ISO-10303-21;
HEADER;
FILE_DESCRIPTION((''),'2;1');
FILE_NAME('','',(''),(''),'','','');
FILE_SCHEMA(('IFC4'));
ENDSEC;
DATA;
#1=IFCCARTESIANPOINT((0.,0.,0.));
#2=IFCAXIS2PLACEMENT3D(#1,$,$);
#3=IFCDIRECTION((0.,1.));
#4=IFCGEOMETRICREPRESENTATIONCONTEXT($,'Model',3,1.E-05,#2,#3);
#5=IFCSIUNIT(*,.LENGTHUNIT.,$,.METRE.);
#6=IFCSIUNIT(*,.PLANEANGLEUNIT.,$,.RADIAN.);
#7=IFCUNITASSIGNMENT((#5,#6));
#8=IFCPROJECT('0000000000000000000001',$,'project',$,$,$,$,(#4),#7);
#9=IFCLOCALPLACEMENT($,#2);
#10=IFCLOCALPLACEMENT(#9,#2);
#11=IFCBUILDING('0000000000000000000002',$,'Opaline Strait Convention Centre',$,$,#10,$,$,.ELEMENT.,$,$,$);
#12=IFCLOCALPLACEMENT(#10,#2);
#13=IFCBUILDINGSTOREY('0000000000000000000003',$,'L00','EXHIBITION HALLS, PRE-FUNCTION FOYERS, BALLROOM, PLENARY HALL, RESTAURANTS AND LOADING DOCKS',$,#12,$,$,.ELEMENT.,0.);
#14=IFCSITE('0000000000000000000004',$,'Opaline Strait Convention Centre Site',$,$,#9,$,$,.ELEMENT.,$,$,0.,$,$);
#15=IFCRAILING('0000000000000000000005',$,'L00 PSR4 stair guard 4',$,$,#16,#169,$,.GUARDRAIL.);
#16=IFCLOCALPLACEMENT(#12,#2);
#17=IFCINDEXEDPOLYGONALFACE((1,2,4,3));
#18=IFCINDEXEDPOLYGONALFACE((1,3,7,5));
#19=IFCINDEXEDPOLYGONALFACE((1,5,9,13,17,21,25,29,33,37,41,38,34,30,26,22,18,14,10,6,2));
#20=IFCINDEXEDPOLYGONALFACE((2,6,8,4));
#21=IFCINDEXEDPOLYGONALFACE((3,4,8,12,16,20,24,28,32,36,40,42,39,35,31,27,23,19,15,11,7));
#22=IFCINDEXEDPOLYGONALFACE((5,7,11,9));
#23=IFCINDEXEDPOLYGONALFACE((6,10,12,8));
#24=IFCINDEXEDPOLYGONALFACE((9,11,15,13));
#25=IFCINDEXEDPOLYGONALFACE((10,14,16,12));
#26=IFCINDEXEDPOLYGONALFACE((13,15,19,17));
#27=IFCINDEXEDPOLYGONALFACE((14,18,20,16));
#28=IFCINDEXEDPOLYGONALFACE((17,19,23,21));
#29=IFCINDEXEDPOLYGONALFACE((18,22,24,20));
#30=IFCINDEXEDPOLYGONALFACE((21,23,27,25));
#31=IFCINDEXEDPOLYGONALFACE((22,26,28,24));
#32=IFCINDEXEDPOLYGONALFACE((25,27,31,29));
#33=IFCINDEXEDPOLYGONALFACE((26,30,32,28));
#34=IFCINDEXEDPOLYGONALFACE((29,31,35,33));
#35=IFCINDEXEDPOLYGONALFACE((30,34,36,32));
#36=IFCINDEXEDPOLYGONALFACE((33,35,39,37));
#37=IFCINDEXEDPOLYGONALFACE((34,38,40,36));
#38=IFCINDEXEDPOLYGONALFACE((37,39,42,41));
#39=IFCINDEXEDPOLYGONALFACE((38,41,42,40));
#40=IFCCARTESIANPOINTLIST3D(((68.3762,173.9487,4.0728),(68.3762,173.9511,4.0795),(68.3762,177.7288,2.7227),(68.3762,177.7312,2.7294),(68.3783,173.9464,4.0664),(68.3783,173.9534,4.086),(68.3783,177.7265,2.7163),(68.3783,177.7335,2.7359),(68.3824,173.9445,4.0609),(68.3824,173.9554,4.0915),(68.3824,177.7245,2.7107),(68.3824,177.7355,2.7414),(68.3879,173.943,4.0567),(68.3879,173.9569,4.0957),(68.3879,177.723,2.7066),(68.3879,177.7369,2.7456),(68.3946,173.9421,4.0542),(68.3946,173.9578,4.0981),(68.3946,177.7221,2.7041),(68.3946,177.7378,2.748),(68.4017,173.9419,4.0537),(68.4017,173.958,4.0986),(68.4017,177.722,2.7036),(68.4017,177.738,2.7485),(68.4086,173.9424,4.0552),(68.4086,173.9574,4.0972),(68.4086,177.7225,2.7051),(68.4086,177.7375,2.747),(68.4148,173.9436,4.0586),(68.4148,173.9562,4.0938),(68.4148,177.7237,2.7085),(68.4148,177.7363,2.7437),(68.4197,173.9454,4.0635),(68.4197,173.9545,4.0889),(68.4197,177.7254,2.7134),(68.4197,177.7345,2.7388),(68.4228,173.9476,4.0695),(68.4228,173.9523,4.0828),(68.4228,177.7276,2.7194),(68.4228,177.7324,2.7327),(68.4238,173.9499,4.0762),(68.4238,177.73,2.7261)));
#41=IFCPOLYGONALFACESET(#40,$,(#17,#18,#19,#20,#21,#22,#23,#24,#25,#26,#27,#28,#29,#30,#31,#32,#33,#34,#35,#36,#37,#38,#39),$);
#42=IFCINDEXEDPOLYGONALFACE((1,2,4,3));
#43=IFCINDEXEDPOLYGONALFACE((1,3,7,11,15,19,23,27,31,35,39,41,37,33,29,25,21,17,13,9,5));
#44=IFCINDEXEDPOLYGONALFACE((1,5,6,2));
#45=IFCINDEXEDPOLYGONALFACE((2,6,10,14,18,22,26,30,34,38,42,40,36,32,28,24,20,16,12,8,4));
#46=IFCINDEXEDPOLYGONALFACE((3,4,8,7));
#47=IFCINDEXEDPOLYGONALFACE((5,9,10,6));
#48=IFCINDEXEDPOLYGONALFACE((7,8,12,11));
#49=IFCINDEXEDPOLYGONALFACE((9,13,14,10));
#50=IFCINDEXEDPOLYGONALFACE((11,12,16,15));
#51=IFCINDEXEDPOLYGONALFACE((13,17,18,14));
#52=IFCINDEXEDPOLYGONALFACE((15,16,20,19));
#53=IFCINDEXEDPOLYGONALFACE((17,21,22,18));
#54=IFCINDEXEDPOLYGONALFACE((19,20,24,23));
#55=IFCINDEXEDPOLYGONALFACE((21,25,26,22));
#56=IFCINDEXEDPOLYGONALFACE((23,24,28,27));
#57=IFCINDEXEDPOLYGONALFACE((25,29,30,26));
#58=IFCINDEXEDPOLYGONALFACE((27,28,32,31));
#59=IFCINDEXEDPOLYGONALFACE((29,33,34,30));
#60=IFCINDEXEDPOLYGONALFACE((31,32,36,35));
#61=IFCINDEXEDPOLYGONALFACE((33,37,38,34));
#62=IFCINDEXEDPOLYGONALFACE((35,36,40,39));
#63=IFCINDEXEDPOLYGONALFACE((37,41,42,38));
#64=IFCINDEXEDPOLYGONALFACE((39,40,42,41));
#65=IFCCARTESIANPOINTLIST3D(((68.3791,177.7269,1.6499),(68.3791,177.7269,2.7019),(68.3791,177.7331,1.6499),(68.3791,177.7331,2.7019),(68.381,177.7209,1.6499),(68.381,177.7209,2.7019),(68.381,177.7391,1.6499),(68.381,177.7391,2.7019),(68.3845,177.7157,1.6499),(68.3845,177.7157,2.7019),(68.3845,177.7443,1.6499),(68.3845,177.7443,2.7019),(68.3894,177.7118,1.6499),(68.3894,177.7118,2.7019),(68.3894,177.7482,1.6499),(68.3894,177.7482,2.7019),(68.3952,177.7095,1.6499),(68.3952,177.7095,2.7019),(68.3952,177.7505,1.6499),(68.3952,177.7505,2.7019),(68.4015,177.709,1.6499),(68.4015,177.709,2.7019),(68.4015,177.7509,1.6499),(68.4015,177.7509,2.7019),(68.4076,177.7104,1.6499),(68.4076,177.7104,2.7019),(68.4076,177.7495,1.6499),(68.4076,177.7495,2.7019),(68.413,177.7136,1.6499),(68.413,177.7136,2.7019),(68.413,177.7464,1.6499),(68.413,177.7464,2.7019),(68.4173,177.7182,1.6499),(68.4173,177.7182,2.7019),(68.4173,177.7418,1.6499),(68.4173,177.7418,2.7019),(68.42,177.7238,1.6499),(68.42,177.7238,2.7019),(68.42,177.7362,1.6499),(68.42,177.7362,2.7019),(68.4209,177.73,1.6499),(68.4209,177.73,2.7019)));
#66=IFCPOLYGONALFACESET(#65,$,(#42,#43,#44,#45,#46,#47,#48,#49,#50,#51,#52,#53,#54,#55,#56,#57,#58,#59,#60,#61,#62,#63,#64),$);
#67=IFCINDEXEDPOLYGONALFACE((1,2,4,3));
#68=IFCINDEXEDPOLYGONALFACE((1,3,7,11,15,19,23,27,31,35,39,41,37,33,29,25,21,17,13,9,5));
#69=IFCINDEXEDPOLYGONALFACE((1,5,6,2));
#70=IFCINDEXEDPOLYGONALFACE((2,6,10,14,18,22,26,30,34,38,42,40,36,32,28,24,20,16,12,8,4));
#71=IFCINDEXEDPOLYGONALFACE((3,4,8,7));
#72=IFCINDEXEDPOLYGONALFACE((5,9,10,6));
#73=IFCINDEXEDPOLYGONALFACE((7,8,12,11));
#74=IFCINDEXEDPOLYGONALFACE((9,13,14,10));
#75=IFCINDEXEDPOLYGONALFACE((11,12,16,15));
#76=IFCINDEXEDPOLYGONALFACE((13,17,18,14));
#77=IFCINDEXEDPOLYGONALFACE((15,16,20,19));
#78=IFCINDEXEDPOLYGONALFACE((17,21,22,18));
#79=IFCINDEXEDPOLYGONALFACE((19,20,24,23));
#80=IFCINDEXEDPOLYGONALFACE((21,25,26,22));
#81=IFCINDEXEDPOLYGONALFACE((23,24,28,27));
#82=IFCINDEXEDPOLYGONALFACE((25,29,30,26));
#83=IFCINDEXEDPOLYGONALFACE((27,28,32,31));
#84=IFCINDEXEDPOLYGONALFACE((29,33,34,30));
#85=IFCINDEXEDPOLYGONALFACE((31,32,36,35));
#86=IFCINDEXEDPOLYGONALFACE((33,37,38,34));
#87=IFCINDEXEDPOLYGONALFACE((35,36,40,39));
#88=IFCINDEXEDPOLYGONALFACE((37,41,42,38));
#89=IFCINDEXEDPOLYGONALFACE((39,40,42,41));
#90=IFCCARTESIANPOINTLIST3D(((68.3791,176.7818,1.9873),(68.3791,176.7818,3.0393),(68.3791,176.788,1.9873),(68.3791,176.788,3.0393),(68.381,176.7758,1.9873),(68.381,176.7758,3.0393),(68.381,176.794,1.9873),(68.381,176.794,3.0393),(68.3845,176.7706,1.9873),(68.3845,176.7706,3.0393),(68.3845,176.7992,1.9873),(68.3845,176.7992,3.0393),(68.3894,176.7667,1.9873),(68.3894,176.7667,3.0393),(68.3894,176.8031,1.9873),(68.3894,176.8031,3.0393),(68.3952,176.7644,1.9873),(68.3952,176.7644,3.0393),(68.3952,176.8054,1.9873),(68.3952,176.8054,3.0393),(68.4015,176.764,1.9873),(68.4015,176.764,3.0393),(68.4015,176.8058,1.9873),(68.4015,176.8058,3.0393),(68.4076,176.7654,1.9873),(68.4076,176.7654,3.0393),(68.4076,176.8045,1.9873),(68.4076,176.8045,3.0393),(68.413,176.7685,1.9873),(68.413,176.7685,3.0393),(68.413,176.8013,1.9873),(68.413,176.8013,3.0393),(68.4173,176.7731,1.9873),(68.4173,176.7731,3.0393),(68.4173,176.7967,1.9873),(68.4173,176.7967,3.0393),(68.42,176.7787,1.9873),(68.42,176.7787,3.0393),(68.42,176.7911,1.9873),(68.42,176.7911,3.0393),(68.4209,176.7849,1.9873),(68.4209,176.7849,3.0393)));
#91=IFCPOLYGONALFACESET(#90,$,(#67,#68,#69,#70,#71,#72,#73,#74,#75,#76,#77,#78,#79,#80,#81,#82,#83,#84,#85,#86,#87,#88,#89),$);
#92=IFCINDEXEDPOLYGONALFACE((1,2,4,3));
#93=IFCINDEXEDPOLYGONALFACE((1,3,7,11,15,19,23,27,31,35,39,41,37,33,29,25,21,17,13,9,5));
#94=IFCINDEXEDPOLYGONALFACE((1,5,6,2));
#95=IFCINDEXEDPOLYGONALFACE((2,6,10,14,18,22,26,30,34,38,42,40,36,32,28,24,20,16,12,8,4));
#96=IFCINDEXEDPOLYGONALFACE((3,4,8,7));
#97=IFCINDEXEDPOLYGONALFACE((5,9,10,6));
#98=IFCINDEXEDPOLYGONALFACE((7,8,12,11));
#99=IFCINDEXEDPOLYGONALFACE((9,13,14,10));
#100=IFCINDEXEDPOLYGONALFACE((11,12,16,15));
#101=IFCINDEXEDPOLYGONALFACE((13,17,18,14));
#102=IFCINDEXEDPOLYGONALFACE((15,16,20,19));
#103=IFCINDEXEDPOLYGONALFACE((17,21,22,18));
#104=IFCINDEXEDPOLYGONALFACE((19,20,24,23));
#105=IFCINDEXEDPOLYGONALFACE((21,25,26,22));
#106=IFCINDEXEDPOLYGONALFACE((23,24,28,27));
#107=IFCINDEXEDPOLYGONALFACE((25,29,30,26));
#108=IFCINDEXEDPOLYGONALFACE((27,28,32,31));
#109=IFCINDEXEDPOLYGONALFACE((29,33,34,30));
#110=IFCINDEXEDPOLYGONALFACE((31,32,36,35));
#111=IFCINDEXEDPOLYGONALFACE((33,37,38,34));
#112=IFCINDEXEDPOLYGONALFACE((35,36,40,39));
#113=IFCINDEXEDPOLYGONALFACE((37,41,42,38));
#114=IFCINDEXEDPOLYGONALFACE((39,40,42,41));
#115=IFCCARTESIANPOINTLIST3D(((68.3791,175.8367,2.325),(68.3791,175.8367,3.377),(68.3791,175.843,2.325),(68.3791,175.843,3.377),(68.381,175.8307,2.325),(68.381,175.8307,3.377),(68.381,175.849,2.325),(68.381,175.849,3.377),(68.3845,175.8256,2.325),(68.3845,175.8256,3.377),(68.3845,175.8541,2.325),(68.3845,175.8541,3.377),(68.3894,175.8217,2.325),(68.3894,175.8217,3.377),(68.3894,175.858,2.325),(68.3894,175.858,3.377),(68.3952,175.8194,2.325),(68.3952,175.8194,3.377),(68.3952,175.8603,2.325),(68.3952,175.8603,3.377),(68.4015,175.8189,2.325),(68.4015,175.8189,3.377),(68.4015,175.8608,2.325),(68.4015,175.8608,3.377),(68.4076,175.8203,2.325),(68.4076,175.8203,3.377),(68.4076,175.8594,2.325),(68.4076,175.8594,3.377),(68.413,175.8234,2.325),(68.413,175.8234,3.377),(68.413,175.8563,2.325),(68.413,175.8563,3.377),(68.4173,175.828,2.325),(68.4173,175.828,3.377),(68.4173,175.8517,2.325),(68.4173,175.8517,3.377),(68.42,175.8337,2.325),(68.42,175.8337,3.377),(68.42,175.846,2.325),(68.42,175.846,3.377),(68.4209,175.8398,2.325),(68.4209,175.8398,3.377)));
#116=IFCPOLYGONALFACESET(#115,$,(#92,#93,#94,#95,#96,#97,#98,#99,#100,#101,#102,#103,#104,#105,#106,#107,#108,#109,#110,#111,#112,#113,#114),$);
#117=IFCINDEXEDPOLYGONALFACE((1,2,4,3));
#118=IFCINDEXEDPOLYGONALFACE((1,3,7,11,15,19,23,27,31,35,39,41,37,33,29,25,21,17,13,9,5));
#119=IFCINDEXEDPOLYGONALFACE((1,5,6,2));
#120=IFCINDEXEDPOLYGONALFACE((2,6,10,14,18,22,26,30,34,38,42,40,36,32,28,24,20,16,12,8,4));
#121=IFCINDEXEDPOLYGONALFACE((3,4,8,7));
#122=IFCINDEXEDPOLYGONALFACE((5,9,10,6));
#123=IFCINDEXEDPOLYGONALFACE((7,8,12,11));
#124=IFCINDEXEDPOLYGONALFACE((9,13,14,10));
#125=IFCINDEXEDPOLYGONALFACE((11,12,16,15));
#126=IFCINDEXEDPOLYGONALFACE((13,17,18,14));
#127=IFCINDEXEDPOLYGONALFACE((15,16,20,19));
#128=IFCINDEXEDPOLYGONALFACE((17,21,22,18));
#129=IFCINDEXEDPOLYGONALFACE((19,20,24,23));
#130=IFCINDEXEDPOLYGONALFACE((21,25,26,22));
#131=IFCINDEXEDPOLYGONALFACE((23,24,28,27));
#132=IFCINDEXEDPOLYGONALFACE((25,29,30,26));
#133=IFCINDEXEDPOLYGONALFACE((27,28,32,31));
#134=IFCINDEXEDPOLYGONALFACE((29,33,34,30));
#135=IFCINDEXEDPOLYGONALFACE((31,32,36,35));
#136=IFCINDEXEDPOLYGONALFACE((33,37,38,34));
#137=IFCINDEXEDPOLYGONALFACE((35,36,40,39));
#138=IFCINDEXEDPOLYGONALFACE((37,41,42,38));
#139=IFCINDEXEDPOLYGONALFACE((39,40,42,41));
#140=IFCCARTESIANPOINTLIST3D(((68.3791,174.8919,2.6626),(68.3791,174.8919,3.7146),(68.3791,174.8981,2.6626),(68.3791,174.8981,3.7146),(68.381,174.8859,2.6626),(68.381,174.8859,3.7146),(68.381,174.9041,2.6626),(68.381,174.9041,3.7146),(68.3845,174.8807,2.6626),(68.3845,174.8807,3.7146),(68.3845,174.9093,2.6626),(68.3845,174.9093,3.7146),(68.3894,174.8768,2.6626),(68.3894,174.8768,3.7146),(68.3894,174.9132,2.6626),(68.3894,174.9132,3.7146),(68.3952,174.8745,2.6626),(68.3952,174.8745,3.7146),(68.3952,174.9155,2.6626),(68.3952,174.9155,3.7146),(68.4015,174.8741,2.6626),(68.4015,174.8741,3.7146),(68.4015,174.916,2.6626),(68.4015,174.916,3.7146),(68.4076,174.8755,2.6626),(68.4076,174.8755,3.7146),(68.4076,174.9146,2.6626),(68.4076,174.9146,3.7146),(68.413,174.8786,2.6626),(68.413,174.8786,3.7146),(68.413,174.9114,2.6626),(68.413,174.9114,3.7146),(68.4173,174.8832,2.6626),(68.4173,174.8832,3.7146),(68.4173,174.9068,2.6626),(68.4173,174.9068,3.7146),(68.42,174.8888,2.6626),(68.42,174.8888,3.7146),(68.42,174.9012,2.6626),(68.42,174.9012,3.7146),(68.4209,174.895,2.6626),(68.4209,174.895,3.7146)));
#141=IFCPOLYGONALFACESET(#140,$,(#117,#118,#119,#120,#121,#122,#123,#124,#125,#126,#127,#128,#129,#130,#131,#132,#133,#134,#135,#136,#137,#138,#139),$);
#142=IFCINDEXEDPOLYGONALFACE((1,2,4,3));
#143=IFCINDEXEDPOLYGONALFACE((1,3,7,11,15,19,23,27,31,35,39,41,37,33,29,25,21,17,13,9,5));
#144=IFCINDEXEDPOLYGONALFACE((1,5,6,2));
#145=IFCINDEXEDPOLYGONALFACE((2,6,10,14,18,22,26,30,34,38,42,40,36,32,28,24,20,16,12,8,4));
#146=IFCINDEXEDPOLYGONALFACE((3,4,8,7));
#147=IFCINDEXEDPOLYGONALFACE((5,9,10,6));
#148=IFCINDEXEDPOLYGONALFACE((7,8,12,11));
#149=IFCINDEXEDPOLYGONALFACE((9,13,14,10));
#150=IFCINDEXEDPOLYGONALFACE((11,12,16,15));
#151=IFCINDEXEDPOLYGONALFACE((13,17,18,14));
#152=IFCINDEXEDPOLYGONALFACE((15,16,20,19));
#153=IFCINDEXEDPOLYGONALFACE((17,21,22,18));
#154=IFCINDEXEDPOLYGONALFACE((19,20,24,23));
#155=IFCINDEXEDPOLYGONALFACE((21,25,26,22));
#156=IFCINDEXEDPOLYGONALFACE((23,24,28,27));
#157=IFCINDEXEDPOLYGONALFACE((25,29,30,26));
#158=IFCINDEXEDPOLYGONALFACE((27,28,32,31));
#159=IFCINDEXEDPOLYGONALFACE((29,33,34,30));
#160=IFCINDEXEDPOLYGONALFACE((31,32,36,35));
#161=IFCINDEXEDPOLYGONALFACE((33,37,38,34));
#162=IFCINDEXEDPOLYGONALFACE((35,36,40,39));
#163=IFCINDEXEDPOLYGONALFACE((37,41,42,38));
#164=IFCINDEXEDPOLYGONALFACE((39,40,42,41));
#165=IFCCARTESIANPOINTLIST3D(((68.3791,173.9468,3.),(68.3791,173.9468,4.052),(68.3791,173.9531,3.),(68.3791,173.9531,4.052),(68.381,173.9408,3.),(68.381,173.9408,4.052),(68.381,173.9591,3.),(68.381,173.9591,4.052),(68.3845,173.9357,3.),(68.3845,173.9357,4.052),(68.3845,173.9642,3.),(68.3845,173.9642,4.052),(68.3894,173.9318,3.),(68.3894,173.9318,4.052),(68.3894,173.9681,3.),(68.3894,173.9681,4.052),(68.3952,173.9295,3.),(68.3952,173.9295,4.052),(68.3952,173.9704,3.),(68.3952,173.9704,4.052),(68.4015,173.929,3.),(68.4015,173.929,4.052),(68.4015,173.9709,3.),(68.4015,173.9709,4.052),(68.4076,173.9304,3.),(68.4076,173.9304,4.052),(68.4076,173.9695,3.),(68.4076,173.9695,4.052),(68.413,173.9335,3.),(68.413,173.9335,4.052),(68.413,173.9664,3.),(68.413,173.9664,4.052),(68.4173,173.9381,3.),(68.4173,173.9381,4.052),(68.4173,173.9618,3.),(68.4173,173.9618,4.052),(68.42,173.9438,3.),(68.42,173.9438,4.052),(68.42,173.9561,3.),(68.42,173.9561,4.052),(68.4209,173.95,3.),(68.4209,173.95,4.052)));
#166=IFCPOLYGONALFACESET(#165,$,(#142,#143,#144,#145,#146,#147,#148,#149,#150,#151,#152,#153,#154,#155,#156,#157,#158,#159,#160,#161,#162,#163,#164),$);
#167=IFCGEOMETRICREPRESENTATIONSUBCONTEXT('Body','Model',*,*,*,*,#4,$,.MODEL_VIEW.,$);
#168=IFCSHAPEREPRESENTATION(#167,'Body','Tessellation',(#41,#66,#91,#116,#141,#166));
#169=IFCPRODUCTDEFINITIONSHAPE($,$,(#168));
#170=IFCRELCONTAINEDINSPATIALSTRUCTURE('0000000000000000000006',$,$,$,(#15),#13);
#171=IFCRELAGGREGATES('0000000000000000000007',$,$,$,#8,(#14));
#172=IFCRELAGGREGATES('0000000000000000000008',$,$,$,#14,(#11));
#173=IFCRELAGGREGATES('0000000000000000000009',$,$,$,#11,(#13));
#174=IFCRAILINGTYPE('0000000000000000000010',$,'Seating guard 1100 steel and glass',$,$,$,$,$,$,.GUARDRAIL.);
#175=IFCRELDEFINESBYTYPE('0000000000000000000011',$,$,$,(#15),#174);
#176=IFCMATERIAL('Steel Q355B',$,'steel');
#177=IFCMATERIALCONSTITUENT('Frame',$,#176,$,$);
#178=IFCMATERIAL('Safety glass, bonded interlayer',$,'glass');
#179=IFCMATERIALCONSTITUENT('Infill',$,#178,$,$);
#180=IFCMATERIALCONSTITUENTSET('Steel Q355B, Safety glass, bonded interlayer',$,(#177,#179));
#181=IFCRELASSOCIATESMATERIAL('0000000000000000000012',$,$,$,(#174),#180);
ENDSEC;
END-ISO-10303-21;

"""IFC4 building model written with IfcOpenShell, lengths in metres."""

from ifc_helpers import new_model, si_unit, direction, frame, origin, origin_2d, place, context, subcontext, project, spatial, circle, extrude, material, constituent, constituent_set, type_object, element, save


model = new_model("IFC4")

# Units and contexts
model_context = context("Model", 3, precision=1e-05, world=origin(), true_north=direction((0.0, 1.0)))
body_context = subcontext(model_context, "Body", "Model", "MODEL_VIEW")
ifc_project = project(units=[si_unit("LENGTHUNIT", "METRE"), si_unit("PLANEANGLEUNIT", "RADIAN")], contexts=[model_context])

# Site, building, storey
site_placement = place(None, origin())
site = spatial("IfcSite", under=ifc_project, at=site_placement, Name="Opaline Strait Convention Centre Site", CompositionType="ELEMENT", RefElevation=0.0)
building_placement = place(site_placement, origin())
building = spatial("IfcBuilding", under=site, at=building_placement, Name="Opaline Strait Convention Centre", CompositionType="ELEMENT")
storey_placement = place(building_placement, origin())
storey = spatial("IfcBuildingStorey", under=building, at=storey_placement, Name="L00", Description="EXHIBITION HALLS, PRE-FUNCTION FOYERS, BALLROOM, PLENARY HALL, RESTAURANTS AND LOADING DOCKS", CompositionType="ELEMENT", Elevation=0.0)

# Railing
ifc_material_1 = material(Name="Steel Q355B", Category="steel")
ifc_constituent_1 = constituent(ifc_material_1, Name="Frame")
ifc_material_2 = material(Name="Safety glass, bonded interlayer", Category="glass")
ifc_constituent_2 = constituent(ifc_material_2, Name="Infill")
ifc_constituent_set = constituent_set(constituents=[ifc_constituent_1, ifc_constituent_2], Name="Steel Q355B, Safety glass, bonded interlayer")
railing_type_1 = type_object("IfcRailingType", Name="Seating guard 1100 steel and glass", PredefinedType="GUARDRAIL", material=ifc_constituent_set)
railing_1_placement = place(storey_placement, frame((68.3999, 177.73, 1.6499)))
element("IfcRailing", 1, at=railing_1_placement, inside=storey, type_object=railing_type_1, Name="L00 PSR4 stair guard 4", PredefinedType="GUARDRAIL", context=body_context, shape_type="SweptSolid", body=[
    extrude(circle(Radius=0.0239, at=origin_2d()), frame((0.0, 0.0, 1.0762), z_axis=(0.0, -0.941735, 0.336356), x_axis=(1.0, 0.0, 0.0)), (0.0, 0.0, 1.0), 4.0139),
    extrude(circle(Radius=0.021, at=origin_2d()), origin(), (0.0, 0.0, 1.0), 1.052),
    extrude(circle(Radius=0.021, at=origin_2d()), frame((0.0, -0.9451, 0.3374)), (0.0, 0.0, 1.0), 1.052),
    extrude(circle(Radius=0.021, at=origin_2d()), frame((0.0, -1.8901, 0.675)), (0.0, 0.0, 1.0), 1.052),
    extrude(circle(Radius=0.021, at=origin_2d()), frame((0.0, -2.835, 1.0127)), (0.0, 0.0, 1.0), 1.052),
    extrude(circle(Radius=0.021, at=origin_2d()), frame((0.0, -3.78, 1.3501)), (0.0, 0.0, 1.0), 1.052),
])

save(model, "model.ifc")
